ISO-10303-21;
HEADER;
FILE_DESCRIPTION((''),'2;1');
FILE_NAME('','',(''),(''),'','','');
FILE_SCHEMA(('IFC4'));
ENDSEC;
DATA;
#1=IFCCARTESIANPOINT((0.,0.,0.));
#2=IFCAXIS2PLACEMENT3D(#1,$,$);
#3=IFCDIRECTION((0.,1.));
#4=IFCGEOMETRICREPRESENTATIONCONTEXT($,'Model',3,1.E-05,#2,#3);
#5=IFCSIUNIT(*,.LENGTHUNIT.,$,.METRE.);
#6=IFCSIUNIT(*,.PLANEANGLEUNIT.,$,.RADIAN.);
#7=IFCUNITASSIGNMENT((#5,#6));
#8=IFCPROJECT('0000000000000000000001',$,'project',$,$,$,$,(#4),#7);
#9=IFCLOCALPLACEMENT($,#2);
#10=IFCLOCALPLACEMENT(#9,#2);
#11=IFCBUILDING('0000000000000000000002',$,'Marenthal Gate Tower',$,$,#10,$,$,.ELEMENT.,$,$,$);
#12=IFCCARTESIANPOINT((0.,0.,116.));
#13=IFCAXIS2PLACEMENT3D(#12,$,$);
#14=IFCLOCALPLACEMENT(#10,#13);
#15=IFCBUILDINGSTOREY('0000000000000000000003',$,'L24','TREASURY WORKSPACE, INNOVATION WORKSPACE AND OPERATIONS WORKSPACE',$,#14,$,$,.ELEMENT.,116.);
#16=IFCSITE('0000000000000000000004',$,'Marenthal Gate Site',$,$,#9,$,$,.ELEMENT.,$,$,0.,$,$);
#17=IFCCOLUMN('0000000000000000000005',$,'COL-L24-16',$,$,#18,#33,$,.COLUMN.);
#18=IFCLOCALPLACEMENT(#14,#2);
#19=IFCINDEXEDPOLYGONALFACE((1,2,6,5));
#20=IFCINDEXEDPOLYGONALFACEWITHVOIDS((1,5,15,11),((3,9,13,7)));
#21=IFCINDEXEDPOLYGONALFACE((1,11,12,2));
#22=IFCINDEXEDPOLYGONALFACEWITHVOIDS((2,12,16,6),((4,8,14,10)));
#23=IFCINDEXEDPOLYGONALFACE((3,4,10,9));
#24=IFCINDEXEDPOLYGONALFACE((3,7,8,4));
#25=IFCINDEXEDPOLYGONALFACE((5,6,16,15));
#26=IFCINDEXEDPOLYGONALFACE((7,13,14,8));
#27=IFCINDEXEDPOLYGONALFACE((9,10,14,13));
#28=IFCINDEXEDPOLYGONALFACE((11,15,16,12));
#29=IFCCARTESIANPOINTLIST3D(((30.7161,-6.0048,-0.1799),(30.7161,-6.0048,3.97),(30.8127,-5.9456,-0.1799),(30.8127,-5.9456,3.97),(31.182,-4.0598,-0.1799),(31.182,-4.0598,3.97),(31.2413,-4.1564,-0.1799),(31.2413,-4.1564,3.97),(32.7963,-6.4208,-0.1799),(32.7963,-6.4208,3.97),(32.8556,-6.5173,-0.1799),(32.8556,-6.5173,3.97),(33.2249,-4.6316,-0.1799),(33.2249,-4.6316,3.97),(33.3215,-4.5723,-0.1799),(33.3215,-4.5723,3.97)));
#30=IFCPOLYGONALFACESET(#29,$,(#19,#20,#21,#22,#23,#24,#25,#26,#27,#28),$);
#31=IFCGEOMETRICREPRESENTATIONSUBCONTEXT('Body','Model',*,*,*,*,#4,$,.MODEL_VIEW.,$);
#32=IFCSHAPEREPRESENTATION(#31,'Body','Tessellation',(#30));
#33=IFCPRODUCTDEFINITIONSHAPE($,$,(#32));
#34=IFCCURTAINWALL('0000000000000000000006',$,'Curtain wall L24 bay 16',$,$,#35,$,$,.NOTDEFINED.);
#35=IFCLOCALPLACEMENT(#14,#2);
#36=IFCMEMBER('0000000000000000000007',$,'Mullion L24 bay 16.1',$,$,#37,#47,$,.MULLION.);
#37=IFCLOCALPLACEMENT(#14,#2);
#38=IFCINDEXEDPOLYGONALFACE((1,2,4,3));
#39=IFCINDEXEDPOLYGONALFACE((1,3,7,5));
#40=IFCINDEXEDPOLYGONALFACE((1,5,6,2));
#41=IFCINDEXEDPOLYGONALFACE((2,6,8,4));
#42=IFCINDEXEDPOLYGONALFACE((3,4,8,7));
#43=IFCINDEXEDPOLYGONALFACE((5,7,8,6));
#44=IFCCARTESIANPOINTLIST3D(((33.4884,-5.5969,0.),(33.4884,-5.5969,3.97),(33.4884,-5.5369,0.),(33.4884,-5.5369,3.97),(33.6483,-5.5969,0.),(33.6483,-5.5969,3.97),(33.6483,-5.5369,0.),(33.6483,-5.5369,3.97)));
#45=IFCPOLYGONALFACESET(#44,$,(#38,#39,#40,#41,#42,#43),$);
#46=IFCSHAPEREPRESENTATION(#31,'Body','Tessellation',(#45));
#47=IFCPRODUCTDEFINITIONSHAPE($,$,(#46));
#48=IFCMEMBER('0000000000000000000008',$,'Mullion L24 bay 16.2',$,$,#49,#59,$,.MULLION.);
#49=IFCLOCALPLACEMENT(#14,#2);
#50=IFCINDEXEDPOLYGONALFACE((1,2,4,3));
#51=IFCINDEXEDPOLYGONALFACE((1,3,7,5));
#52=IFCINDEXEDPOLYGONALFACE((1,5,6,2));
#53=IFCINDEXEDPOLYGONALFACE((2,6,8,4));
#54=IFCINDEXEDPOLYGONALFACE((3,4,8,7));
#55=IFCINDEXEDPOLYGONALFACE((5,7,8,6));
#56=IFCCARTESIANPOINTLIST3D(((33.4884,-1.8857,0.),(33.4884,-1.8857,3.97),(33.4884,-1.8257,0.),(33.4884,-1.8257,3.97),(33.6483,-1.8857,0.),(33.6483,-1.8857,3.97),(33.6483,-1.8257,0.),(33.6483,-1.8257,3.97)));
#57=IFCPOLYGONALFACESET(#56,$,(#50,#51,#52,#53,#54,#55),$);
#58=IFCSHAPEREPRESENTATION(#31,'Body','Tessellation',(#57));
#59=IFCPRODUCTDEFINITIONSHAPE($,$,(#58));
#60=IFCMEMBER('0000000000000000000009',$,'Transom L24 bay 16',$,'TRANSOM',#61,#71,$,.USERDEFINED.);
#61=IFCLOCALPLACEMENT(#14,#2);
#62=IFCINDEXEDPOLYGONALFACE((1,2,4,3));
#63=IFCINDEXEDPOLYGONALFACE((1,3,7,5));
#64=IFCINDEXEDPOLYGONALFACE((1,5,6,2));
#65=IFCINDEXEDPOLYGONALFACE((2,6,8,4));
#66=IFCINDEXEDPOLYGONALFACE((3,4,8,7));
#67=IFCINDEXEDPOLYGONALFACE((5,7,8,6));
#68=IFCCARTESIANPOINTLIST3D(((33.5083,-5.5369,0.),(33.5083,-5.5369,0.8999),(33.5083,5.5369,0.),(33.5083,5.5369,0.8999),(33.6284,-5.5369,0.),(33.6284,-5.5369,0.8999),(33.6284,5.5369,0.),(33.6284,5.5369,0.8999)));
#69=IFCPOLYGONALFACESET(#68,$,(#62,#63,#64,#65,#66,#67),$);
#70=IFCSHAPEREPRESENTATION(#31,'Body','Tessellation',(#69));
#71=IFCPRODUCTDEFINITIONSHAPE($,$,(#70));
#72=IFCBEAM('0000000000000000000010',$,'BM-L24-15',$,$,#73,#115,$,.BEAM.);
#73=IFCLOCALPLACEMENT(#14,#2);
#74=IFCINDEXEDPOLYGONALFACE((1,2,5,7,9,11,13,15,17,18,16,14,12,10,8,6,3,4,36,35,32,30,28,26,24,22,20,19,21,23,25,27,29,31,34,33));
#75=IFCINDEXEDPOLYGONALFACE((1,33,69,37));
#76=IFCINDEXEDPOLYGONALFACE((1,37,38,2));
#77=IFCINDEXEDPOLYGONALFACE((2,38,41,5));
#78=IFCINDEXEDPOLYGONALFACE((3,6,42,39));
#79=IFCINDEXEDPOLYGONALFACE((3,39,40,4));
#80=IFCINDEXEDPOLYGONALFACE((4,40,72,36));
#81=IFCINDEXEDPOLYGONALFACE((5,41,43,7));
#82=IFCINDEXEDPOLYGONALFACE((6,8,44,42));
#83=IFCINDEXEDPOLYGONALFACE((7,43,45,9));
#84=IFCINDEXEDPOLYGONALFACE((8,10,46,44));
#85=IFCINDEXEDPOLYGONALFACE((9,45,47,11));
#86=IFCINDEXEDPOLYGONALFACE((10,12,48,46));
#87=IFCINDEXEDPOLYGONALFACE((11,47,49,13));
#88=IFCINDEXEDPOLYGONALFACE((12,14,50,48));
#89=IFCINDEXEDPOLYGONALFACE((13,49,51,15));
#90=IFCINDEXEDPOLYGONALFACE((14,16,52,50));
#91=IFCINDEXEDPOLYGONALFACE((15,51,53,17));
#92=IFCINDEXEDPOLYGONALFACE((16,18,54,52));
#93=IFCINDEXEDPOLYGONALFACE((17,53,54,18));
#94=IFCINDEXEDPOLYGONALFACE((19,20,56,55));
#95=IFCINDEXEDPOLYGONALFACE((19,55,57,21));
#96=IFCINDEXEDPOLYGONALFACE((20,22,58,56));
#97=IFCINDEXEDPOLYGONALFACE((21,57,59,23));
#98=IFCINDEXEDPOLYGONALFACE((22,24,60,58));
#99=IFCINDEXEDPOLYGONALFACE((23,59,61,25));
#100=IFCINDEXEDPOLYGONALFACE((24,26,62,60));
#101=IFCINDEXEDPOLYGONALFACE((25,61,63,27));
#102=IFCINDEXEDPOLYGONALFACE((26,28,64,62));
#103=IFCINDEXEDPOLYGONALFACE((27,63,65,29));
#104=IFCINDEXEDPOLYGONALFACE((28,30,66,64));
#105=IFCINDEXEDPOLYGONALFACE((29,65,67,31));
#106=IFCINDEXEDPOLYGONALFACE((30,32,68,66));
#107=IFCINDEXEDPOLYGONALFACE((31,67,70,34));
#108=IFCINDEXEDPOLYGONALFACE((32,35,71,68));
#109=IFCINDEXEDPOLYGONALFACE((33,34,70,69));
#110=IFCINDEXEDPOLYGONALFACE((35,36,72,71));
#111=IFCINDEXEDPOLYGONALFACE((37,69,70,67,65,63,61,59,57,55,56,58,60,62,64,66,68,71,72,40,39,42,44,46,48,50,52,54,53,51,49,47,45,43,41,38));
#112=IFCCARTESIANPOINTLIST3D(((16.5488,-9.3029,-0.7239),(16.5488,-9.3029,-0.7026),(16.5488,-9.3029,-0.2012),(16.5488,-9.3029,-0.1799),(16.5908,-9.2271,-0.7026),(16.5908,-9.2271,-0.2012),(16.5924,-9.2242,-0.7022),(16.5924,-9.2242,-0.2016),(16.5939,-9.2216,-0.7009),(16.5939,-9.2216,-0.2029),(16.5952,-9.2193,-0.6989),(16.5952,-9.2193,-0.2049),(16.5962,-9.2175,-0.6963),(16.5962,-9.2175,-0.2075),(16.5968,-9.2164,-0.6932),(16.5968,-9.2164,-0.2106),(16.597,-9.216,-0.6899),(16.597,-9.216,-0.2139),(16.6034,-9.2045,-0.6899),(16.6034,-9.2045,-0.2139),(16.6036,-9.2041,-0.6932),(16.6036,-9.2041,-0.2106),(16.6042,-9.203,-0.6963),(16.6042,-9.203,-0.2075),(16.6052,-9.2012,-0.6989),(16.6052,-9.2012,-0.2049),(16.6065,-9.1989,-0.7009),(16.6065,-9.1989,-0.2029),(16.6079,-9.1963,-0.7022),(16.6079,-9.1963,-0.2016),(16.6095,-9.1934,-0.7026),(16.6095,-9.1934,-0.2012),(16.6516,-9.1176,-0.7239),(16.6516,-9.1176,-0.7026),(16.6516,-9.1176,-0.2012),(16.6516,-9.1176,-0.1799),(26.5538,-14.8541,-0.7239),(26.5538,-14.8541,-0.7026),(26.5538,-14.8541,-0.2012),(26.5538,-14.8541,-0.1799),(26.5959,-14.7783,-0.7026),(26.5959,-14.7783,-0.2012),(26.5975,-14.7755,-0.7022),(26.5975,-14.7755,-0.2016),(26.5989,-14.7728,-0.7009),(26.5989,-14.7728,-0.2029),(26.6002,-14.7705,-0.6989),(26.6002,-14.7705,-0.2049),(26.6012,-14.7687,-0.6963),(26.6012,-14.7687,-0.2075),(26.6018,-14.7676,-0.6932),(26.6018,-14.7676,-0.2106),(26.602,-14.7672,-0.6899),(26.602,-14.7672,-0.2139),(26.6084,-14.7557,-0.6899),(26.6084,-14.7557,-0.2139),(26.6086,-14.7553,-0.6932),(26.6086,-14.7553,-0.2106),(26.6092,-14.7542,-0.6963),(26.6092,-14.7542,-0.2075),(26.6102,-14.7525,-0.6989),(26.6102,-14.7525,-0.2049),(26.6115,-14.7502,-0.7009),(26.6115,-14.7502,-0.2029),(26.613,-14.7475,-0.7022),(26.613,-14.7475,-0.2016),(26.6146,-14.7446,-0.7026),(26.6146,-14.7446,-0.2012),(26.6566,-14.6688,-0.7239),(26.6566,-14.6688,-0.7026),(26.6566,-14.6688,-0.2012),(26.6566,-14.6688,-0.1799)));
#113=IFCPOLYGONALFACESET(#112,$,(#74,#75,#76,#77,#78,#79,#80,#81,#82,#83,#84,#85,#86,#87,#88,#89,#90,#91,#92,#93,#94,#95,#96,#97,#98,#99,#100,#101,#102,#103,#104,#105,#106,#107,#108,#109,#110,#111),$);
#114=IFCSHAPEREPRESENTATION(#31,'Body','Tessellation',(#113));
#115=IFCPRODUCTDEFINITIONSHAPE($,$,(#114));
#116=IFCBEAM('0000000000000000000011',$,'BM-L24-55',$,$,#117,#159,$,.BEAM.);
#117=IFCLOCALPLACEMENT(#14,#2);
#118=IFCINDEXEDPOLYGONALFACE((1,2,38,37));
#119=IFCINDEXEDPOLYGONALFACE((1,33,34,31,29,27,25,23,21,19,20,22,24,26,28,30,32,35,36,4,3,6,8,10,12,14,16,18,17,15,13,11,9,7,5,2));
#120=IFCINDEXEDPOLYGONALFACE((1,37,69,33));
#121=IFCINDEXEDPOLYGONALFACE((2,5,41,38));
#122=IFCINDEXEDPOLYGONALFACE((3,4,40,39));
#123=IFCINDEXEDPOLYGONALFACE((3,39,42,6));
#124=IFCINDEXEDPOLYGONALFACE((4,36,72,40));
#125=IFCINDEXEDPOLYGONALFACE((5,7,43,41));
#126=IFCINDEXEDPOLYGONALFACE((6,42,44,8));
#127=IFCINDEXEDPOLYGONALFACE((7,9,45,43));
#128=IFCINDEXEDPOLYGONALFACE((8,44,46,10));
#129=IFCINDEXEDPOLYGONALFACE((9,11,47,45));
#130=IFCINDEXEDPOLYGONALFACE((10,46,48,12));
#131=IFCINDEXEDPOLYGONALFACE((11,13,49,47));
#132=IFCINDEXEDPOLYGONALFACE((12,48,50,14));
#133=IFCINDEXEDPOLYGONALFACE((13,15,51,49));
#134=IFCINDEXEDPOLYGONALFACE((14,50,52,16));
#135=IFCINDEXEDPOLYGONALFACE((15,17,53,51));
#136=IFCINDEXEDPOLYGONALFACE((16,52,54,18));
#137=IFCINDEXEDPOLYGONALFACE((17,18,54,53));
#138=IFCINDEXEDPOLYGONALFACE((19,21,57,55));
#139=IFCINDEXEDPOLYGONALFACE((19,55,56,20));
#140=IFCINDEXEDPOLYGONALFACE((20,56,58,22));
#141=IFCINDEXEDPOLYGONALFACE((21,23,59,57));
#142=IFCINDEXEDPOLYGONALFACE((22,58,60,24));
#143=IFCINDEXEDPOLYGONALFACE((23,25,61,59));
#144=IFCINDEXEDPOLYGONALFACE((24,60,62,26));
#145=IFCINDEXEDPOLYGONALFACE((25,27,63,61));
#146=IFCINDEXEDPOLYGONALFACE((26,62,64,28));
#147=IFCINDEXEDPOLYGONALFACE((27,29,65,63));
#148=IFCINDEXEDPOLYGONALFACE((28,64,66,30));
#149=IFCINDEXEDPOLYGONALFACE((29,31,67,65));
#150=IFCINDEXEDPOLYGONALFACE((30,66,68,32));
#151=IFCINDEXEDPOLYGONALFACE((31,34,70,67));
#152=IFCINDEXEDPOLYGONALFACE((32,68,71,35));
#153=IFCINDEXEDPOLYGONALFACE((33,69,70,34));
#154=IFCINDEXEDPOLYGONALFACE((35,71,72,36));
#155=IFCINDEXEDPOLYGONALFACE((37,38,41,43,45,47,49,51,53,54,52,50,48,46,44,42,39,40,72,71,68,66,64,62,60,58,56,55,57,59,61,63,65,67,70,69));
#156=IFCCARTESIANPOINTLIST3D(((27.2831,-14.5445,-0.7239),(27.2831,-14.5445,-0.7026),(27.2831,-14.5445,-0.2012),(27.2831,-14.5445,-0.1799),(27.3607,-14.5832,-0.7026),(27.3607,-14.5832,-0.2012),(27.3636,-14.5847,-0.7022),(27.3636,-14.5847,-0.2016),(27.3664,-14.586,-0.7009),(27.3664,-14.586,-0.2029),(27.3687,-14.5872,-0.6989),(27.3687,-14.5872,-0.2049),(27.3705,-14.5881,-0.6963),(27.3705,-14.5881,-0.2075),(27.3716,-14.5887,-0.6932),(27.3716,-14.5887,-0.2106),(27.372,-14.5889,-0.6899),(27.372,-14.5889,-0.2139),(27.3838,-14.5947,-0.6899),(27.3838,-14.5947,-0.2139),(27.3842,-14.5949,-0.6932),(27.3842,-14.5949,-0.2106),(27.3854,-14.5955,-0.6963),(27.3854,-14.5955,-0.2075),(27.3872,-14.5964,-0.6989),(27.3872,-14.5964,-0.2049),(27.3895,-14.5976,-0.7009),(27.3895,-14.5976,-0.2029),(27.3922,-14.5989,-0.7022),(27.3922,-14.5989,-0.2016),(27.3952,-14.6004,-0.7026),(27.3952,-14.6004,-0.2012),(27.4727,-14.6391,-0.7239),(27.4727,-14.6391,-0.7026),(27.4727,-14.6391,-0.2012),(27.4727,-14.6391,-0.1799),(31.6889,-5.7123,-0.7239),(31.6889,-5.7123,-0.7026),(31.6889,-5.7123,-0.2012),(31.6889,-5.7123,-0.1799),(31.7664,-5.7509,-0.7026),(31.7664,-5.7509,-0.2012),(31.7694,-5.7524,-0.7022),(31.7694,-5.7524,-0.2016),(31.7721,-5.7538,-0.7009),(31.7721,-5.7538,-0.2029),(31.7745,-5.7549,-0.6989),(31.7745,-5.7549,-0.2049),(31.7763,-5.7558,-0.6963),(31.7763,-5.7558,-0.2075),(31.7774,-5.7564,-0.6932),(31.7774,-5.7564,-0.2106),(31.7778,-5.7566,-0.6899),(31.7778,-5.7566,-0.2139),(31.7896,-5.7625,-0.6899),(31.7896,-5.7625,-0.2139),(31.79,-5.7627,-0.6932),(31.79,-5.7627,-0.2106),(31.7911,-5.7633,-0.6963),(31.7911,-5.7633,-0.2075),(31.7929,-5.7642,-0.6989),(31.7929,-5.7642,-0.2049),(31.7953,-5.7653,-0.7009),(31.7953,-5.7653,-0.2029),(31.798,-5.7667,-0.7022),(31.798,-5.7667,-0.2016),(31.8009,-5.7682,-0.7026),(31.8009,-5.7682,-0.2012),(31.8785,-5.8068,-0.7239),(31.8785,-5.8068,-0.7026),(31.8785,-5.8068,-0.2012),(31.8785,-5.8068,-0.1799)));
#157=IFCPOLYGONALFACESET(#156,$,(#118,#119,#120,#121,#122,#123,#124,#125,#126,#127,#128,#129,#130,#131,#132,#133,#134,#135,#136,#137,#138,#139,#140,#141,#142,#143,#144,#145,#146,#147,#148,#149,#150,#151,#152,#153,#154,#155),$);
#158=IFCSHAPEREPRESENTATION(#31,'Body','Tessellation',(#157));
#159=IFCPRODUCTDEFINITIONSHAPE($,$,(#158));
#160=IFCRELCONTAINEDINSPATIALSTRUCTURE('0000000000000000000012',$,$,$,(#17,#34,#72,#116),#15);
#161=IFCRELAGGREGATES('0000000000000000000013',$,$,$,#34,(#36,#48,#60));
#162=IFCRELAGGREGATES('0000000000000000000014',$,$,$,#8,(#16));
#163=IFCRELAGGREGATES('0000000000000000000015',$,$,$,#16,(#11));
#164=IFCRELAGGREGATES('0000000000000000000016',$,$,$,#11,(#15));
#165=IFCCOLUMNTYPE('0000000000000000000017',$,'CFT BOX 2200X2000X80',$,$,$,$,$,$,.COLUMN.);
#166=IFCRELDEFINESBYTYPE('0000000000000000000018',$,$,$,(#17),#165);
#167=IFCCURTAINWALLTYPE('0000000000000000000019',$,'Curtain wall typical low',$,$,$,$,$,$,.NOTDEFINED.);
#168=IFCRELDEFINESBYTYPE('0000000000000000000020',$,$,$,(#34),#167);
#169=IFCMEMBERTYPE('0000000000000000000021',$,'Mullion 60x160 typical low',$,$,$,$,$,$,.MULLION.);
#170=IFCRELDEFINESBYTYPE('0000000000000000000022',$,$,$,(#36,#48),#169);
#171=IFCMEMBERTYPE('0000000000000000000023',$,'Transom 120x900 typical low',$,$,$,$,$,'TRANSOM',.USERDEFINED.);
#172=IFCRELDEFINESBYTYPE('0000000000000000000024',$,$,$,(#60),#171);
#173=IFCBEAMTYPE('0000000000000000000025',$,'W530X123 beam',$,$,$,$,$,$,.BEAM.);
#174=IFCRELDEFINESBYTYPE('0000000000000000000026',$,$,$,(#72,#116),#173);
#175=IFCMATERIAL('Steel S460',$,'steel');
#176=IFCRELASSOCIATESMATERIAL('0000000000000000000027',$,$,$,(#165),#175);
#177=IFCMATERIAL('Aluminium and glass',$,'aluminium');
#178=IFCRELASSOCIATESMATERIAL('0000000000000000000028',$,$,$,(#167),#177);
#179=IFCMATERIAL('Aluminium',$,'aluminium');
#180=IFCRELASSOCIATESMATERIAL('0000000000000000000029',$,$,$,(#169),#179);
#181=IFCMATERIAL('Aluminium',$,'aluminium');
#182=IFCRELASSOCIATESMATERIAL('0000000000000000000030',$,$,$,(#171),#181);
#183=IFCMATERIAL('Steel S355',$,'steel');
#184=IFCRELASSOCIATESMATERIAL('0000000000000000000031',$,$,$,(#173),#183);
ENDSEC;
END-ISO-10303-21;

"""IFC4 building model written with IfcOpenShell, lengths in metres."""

from ifc_helpers import new_model, si_unit, direction, frame, origin, origin_2d, place, context, subcontext, project, spatial, rectangle, hollow_rectangle, i_section, extrude, material, material_profile, profile_set, type_object, element, aggregate, save


model = new_model("IFC4")

# Units and contexts
model_context = context("Model", 3, precision=1e-05, world=origin(), true_north=direction((0.0, 1.0)))
body_context = subcontext(model_context, "Body", "Model", "MODEL_VIEW")
ifc_project = project(units=[si_unit("LENGTHUNIT", "METRE"), si_unit("PLANEANGLEUNIT", "RADIAN")], contexts=[model_context])

# Site, building, storey
site_placement = place(None, origin())
site = spatial("IfcSite", under=ifc_project, at=site_placement, Name="Marenthal Gate Site", CompositionType="ELEMENT", RefElevation=0.0)
building_placement = place(site_placement, origin())
building = spatial("IfcBuilding", under=site, at=building_placement, Name="Marenthal Gate Tower", CompositionType="ELEMENT")
storey_placement = place(building_placement, frame((0.0, 0.0, 116.0)))
storey = spatial("IfcBuildingStorey", under=building, at=storey_placement, Name="L24", Description="TREASURY WORKSPACE, INNOVATION WORKSPACE AND OPERATIONS WORKSPACE", CompositionType="ELEMENT", Elevation=116.0)

# Column
ifc_material_1 = material(Name="Steel S460", Category="steel")
ifc_material_profile_1 = material_profile(ifc_material_1, hollow_rectangle(XDim=2.0, YDim=2.2, WallThickness=0.0801, at=origin_2d()), Name="CFT BOX 2200X2000X80")
ifc_material_2 = material(Name="Concrete 70 MPa", Category="concrete")
ifc_material_profile_2 = material_profile(ifc_material_2, rectangle(XDim=1.8401, YDim=2.04, at=origin_2d()), Name="CFT BOX 2200X2000X80 INFILL")
ifc_profile_set_1 = profile_set([ifc_material_profile_1, ifc_material_profile_2], Name="Steel S460 shell, Concrete 70 MPa infill")
column_type = type_object("IfcColumnType", Name="CFT BOX 2200X2000X80", PredefinedType="COLUMN", material=ifc_profile_set_1)
column_placement = place(storey_placement, frame((32.0188, -5.2886, -0.1799), z_axis=(0.0, 0.0, 1.0), x_axis=(-0.232958, -0.972487, 0.0)))
element("IfcColumn", 1, at=column_placement, inside=storey, type_object=column_type, Name="COL-L24-16", PredefinedType="COLUMN", context=body_context, shape_type="SweptSolid", body=[
    extrude(hollow_rectangle(XDim=2.0, YDim=2.2, WallThickness=0.0801, at=origin_2d()), origin(), (0.0, 0.0, 1.0), 4.1499),
])

# Curtain wall, members
ifc_material_3 = material(Name="Aluminium and glass", Category="aluminium")
curtain_wall_type = type_object("IfcCurtainWallType", Name="Curtain wall typical low", PredefinedType="NOTDEFINED", material=ifc_material_3)
curtain_wall_placement = place(storey_placement, origin())
curtain_wall = element("IfcCurtainWall", 2, at=curtain_wall_placement, inside=storey, type_object=curtain_wall_type, Name="Curtain wall L24 bay 16", PredefinedType="NOTDEFINED")
ifc_material_4 = material(Name="Aluminium", Category="aluminium")
ifc_material_profile_3 = material_profile(ifc_material_4, rectangle(XDim=0.1599, YDim=0.0601, at=origin_2d()), Name="60x160 aluminium mullion")
ifc_profile_set_2 = profile_set([ifc_material_profile_3], Name="Aluminium")
member_type_1 = type_object("IfcMemberType", Name="Mullion 60x160 typical low", PredefinedType="MULLION", material=ifc_profile_set_2)
member_1_placement = place(storey_placement, frame((33.5684, -5.5669, 0.0), z_axis=(0.0, 0.0, 1.0), x_axis=(-1.0, 0.0, 0.0)))
member_1 = element("IfcMember", 3, at=member_1_placement, type_object=member_type_1, Name="Mullion L24 bay 16.1", PredefinedType="MULLION", context=body_context, shape_type="SweptSolid", body=[
    extrude(rectangle(XDim=0.1599, YDim=0.0601, at=origin_2d()), origin(), (0.0, 0.0, 1.0), 3.97),
])
member_2_placement = place(storey_placement, frame((33.5684, -1.8557, 0.0), z_axis=(0.0, 0.0, 1.0), x_axis=(-1.0, 0.0, 0.0)))
member_2 = element("IfcMember", 4, at=member_2_placement, type_object=member_type_1, Name="Mullion L24 bay 16.2", PredefinedType="MULLION", context=body_context, shape_type="SweptSolid", body=[
    extrude(rectangle(XDim=0.1599, YDim=0.0601, at=origin_2d()), origin(), (0.0, 0.0, 1.0), 3.97),
])
ifc_material_5 = material(Name="Aluminium", Category="aluminium")
ifc_material_profile_4 = material_profile(ifc_material_5, rectangle(XDim=0.1201, YDim=0.8999, at=origin_2d()), Name="120x900 aluminium transom")
ifc_profile_set_3 = profile_set([ifc_material_profile_4], Name="Aluminium")
member_type_2 = type_object("IfcMemberType", Name="Transom 120x900 typical low", ElementType="TRANSOM", PredefinedType="USERDEFINED", material=ifc_profile_set_3)
member_3_placement = place(storey_placement, frame((33.5684, -5.5369, 0.45), z_axis=(0.0, 1.0, 0.0), x_axis=(-1.0, 0.0, 0.0)))
member_3 = element("IfcMember", 5, at=member_3_placement, type_object=member_type_2, Name="Transom L24 bay 16", ObjectType="TRANSOM", PredefinedType="USERDEFINED", context=body_context, shape_type="SweptSolid", body=[
    extrude(rectangle(XDim=0.1201, YDim=0.8999, at=origin_2d()), origin(), (0.0, 0.0, 1.0), 11.0737),
])

# Beams
ifc_material_6 = material(Name="Steel S355", Category="steel")
ifc_material_profile_5 = material_profile(ifc_material_6, i_section(OverallWidth=0.2119, OverallDepth=0.5439, WebThickness=0.0132, FlangeThickness=0.0212, FilletRadius=0.0127, at=origin_2d()), Name="W530X123")
ifc_profile_set_4 = profile_set([ifc_material_profile_5], Name="Steel S355")
beam_type_1 = type_object("IfcBeamType", Name="W530X123 beam", PredefinedType="BEAM", material=ifc_profile_set_4)
beam_1_placement = place(storey_placement, frame((26.6052, -14.7615, -0.4519), z_axis=(-0.874422, 0.485166, 0.0), x_axis=(-0.485166, -0.874422, 0.0)))
element("IfcBeam", 6, at=beam_1_placement, inside=storey, type_object=beam_type_1, Name="BM-L24-15", PredefinedType="BEAM", context=body_context, shape_type="SweptSolid", body=[
    extrude(i_section(OverallWidth=0.2119, OverallDepth=0.5439, WebThickness=0.0132, FlangeThickness=0.0212, FilletRadius=0.0127, at=origin_2d()), origin(), (0.0, 0.0, 1.0), 11.4419),
])
beam_2_placement = place(storey_placement, frame((27.3779, -14.5918, -0.4519), z_axis=(0.446372, 0.894847, 0.0), x_axis=(-0.894847, 0.446372, 0.0)))
element("IfcBeam", 7, at=beam_2_placement, inside=storey, type_object=beam_type_1, Name="BM-L24-55", PredefinedType="BEAM", context=body_context, shape_type="SweptSolid", body=[
    extrude(i_section(OverallWidth=0.2119, OverallDepth=0.5439, WebThickness=0.0132, FlangeThickness=0.0212, FilletRadius=0.0127, at=origin_2d()), origin(), (0.0, 0.0, 1.0), 9.8701),
])

aggregate(curtain_wall, [member_1, member_2, member_3])

save(model, "model.ifc")
